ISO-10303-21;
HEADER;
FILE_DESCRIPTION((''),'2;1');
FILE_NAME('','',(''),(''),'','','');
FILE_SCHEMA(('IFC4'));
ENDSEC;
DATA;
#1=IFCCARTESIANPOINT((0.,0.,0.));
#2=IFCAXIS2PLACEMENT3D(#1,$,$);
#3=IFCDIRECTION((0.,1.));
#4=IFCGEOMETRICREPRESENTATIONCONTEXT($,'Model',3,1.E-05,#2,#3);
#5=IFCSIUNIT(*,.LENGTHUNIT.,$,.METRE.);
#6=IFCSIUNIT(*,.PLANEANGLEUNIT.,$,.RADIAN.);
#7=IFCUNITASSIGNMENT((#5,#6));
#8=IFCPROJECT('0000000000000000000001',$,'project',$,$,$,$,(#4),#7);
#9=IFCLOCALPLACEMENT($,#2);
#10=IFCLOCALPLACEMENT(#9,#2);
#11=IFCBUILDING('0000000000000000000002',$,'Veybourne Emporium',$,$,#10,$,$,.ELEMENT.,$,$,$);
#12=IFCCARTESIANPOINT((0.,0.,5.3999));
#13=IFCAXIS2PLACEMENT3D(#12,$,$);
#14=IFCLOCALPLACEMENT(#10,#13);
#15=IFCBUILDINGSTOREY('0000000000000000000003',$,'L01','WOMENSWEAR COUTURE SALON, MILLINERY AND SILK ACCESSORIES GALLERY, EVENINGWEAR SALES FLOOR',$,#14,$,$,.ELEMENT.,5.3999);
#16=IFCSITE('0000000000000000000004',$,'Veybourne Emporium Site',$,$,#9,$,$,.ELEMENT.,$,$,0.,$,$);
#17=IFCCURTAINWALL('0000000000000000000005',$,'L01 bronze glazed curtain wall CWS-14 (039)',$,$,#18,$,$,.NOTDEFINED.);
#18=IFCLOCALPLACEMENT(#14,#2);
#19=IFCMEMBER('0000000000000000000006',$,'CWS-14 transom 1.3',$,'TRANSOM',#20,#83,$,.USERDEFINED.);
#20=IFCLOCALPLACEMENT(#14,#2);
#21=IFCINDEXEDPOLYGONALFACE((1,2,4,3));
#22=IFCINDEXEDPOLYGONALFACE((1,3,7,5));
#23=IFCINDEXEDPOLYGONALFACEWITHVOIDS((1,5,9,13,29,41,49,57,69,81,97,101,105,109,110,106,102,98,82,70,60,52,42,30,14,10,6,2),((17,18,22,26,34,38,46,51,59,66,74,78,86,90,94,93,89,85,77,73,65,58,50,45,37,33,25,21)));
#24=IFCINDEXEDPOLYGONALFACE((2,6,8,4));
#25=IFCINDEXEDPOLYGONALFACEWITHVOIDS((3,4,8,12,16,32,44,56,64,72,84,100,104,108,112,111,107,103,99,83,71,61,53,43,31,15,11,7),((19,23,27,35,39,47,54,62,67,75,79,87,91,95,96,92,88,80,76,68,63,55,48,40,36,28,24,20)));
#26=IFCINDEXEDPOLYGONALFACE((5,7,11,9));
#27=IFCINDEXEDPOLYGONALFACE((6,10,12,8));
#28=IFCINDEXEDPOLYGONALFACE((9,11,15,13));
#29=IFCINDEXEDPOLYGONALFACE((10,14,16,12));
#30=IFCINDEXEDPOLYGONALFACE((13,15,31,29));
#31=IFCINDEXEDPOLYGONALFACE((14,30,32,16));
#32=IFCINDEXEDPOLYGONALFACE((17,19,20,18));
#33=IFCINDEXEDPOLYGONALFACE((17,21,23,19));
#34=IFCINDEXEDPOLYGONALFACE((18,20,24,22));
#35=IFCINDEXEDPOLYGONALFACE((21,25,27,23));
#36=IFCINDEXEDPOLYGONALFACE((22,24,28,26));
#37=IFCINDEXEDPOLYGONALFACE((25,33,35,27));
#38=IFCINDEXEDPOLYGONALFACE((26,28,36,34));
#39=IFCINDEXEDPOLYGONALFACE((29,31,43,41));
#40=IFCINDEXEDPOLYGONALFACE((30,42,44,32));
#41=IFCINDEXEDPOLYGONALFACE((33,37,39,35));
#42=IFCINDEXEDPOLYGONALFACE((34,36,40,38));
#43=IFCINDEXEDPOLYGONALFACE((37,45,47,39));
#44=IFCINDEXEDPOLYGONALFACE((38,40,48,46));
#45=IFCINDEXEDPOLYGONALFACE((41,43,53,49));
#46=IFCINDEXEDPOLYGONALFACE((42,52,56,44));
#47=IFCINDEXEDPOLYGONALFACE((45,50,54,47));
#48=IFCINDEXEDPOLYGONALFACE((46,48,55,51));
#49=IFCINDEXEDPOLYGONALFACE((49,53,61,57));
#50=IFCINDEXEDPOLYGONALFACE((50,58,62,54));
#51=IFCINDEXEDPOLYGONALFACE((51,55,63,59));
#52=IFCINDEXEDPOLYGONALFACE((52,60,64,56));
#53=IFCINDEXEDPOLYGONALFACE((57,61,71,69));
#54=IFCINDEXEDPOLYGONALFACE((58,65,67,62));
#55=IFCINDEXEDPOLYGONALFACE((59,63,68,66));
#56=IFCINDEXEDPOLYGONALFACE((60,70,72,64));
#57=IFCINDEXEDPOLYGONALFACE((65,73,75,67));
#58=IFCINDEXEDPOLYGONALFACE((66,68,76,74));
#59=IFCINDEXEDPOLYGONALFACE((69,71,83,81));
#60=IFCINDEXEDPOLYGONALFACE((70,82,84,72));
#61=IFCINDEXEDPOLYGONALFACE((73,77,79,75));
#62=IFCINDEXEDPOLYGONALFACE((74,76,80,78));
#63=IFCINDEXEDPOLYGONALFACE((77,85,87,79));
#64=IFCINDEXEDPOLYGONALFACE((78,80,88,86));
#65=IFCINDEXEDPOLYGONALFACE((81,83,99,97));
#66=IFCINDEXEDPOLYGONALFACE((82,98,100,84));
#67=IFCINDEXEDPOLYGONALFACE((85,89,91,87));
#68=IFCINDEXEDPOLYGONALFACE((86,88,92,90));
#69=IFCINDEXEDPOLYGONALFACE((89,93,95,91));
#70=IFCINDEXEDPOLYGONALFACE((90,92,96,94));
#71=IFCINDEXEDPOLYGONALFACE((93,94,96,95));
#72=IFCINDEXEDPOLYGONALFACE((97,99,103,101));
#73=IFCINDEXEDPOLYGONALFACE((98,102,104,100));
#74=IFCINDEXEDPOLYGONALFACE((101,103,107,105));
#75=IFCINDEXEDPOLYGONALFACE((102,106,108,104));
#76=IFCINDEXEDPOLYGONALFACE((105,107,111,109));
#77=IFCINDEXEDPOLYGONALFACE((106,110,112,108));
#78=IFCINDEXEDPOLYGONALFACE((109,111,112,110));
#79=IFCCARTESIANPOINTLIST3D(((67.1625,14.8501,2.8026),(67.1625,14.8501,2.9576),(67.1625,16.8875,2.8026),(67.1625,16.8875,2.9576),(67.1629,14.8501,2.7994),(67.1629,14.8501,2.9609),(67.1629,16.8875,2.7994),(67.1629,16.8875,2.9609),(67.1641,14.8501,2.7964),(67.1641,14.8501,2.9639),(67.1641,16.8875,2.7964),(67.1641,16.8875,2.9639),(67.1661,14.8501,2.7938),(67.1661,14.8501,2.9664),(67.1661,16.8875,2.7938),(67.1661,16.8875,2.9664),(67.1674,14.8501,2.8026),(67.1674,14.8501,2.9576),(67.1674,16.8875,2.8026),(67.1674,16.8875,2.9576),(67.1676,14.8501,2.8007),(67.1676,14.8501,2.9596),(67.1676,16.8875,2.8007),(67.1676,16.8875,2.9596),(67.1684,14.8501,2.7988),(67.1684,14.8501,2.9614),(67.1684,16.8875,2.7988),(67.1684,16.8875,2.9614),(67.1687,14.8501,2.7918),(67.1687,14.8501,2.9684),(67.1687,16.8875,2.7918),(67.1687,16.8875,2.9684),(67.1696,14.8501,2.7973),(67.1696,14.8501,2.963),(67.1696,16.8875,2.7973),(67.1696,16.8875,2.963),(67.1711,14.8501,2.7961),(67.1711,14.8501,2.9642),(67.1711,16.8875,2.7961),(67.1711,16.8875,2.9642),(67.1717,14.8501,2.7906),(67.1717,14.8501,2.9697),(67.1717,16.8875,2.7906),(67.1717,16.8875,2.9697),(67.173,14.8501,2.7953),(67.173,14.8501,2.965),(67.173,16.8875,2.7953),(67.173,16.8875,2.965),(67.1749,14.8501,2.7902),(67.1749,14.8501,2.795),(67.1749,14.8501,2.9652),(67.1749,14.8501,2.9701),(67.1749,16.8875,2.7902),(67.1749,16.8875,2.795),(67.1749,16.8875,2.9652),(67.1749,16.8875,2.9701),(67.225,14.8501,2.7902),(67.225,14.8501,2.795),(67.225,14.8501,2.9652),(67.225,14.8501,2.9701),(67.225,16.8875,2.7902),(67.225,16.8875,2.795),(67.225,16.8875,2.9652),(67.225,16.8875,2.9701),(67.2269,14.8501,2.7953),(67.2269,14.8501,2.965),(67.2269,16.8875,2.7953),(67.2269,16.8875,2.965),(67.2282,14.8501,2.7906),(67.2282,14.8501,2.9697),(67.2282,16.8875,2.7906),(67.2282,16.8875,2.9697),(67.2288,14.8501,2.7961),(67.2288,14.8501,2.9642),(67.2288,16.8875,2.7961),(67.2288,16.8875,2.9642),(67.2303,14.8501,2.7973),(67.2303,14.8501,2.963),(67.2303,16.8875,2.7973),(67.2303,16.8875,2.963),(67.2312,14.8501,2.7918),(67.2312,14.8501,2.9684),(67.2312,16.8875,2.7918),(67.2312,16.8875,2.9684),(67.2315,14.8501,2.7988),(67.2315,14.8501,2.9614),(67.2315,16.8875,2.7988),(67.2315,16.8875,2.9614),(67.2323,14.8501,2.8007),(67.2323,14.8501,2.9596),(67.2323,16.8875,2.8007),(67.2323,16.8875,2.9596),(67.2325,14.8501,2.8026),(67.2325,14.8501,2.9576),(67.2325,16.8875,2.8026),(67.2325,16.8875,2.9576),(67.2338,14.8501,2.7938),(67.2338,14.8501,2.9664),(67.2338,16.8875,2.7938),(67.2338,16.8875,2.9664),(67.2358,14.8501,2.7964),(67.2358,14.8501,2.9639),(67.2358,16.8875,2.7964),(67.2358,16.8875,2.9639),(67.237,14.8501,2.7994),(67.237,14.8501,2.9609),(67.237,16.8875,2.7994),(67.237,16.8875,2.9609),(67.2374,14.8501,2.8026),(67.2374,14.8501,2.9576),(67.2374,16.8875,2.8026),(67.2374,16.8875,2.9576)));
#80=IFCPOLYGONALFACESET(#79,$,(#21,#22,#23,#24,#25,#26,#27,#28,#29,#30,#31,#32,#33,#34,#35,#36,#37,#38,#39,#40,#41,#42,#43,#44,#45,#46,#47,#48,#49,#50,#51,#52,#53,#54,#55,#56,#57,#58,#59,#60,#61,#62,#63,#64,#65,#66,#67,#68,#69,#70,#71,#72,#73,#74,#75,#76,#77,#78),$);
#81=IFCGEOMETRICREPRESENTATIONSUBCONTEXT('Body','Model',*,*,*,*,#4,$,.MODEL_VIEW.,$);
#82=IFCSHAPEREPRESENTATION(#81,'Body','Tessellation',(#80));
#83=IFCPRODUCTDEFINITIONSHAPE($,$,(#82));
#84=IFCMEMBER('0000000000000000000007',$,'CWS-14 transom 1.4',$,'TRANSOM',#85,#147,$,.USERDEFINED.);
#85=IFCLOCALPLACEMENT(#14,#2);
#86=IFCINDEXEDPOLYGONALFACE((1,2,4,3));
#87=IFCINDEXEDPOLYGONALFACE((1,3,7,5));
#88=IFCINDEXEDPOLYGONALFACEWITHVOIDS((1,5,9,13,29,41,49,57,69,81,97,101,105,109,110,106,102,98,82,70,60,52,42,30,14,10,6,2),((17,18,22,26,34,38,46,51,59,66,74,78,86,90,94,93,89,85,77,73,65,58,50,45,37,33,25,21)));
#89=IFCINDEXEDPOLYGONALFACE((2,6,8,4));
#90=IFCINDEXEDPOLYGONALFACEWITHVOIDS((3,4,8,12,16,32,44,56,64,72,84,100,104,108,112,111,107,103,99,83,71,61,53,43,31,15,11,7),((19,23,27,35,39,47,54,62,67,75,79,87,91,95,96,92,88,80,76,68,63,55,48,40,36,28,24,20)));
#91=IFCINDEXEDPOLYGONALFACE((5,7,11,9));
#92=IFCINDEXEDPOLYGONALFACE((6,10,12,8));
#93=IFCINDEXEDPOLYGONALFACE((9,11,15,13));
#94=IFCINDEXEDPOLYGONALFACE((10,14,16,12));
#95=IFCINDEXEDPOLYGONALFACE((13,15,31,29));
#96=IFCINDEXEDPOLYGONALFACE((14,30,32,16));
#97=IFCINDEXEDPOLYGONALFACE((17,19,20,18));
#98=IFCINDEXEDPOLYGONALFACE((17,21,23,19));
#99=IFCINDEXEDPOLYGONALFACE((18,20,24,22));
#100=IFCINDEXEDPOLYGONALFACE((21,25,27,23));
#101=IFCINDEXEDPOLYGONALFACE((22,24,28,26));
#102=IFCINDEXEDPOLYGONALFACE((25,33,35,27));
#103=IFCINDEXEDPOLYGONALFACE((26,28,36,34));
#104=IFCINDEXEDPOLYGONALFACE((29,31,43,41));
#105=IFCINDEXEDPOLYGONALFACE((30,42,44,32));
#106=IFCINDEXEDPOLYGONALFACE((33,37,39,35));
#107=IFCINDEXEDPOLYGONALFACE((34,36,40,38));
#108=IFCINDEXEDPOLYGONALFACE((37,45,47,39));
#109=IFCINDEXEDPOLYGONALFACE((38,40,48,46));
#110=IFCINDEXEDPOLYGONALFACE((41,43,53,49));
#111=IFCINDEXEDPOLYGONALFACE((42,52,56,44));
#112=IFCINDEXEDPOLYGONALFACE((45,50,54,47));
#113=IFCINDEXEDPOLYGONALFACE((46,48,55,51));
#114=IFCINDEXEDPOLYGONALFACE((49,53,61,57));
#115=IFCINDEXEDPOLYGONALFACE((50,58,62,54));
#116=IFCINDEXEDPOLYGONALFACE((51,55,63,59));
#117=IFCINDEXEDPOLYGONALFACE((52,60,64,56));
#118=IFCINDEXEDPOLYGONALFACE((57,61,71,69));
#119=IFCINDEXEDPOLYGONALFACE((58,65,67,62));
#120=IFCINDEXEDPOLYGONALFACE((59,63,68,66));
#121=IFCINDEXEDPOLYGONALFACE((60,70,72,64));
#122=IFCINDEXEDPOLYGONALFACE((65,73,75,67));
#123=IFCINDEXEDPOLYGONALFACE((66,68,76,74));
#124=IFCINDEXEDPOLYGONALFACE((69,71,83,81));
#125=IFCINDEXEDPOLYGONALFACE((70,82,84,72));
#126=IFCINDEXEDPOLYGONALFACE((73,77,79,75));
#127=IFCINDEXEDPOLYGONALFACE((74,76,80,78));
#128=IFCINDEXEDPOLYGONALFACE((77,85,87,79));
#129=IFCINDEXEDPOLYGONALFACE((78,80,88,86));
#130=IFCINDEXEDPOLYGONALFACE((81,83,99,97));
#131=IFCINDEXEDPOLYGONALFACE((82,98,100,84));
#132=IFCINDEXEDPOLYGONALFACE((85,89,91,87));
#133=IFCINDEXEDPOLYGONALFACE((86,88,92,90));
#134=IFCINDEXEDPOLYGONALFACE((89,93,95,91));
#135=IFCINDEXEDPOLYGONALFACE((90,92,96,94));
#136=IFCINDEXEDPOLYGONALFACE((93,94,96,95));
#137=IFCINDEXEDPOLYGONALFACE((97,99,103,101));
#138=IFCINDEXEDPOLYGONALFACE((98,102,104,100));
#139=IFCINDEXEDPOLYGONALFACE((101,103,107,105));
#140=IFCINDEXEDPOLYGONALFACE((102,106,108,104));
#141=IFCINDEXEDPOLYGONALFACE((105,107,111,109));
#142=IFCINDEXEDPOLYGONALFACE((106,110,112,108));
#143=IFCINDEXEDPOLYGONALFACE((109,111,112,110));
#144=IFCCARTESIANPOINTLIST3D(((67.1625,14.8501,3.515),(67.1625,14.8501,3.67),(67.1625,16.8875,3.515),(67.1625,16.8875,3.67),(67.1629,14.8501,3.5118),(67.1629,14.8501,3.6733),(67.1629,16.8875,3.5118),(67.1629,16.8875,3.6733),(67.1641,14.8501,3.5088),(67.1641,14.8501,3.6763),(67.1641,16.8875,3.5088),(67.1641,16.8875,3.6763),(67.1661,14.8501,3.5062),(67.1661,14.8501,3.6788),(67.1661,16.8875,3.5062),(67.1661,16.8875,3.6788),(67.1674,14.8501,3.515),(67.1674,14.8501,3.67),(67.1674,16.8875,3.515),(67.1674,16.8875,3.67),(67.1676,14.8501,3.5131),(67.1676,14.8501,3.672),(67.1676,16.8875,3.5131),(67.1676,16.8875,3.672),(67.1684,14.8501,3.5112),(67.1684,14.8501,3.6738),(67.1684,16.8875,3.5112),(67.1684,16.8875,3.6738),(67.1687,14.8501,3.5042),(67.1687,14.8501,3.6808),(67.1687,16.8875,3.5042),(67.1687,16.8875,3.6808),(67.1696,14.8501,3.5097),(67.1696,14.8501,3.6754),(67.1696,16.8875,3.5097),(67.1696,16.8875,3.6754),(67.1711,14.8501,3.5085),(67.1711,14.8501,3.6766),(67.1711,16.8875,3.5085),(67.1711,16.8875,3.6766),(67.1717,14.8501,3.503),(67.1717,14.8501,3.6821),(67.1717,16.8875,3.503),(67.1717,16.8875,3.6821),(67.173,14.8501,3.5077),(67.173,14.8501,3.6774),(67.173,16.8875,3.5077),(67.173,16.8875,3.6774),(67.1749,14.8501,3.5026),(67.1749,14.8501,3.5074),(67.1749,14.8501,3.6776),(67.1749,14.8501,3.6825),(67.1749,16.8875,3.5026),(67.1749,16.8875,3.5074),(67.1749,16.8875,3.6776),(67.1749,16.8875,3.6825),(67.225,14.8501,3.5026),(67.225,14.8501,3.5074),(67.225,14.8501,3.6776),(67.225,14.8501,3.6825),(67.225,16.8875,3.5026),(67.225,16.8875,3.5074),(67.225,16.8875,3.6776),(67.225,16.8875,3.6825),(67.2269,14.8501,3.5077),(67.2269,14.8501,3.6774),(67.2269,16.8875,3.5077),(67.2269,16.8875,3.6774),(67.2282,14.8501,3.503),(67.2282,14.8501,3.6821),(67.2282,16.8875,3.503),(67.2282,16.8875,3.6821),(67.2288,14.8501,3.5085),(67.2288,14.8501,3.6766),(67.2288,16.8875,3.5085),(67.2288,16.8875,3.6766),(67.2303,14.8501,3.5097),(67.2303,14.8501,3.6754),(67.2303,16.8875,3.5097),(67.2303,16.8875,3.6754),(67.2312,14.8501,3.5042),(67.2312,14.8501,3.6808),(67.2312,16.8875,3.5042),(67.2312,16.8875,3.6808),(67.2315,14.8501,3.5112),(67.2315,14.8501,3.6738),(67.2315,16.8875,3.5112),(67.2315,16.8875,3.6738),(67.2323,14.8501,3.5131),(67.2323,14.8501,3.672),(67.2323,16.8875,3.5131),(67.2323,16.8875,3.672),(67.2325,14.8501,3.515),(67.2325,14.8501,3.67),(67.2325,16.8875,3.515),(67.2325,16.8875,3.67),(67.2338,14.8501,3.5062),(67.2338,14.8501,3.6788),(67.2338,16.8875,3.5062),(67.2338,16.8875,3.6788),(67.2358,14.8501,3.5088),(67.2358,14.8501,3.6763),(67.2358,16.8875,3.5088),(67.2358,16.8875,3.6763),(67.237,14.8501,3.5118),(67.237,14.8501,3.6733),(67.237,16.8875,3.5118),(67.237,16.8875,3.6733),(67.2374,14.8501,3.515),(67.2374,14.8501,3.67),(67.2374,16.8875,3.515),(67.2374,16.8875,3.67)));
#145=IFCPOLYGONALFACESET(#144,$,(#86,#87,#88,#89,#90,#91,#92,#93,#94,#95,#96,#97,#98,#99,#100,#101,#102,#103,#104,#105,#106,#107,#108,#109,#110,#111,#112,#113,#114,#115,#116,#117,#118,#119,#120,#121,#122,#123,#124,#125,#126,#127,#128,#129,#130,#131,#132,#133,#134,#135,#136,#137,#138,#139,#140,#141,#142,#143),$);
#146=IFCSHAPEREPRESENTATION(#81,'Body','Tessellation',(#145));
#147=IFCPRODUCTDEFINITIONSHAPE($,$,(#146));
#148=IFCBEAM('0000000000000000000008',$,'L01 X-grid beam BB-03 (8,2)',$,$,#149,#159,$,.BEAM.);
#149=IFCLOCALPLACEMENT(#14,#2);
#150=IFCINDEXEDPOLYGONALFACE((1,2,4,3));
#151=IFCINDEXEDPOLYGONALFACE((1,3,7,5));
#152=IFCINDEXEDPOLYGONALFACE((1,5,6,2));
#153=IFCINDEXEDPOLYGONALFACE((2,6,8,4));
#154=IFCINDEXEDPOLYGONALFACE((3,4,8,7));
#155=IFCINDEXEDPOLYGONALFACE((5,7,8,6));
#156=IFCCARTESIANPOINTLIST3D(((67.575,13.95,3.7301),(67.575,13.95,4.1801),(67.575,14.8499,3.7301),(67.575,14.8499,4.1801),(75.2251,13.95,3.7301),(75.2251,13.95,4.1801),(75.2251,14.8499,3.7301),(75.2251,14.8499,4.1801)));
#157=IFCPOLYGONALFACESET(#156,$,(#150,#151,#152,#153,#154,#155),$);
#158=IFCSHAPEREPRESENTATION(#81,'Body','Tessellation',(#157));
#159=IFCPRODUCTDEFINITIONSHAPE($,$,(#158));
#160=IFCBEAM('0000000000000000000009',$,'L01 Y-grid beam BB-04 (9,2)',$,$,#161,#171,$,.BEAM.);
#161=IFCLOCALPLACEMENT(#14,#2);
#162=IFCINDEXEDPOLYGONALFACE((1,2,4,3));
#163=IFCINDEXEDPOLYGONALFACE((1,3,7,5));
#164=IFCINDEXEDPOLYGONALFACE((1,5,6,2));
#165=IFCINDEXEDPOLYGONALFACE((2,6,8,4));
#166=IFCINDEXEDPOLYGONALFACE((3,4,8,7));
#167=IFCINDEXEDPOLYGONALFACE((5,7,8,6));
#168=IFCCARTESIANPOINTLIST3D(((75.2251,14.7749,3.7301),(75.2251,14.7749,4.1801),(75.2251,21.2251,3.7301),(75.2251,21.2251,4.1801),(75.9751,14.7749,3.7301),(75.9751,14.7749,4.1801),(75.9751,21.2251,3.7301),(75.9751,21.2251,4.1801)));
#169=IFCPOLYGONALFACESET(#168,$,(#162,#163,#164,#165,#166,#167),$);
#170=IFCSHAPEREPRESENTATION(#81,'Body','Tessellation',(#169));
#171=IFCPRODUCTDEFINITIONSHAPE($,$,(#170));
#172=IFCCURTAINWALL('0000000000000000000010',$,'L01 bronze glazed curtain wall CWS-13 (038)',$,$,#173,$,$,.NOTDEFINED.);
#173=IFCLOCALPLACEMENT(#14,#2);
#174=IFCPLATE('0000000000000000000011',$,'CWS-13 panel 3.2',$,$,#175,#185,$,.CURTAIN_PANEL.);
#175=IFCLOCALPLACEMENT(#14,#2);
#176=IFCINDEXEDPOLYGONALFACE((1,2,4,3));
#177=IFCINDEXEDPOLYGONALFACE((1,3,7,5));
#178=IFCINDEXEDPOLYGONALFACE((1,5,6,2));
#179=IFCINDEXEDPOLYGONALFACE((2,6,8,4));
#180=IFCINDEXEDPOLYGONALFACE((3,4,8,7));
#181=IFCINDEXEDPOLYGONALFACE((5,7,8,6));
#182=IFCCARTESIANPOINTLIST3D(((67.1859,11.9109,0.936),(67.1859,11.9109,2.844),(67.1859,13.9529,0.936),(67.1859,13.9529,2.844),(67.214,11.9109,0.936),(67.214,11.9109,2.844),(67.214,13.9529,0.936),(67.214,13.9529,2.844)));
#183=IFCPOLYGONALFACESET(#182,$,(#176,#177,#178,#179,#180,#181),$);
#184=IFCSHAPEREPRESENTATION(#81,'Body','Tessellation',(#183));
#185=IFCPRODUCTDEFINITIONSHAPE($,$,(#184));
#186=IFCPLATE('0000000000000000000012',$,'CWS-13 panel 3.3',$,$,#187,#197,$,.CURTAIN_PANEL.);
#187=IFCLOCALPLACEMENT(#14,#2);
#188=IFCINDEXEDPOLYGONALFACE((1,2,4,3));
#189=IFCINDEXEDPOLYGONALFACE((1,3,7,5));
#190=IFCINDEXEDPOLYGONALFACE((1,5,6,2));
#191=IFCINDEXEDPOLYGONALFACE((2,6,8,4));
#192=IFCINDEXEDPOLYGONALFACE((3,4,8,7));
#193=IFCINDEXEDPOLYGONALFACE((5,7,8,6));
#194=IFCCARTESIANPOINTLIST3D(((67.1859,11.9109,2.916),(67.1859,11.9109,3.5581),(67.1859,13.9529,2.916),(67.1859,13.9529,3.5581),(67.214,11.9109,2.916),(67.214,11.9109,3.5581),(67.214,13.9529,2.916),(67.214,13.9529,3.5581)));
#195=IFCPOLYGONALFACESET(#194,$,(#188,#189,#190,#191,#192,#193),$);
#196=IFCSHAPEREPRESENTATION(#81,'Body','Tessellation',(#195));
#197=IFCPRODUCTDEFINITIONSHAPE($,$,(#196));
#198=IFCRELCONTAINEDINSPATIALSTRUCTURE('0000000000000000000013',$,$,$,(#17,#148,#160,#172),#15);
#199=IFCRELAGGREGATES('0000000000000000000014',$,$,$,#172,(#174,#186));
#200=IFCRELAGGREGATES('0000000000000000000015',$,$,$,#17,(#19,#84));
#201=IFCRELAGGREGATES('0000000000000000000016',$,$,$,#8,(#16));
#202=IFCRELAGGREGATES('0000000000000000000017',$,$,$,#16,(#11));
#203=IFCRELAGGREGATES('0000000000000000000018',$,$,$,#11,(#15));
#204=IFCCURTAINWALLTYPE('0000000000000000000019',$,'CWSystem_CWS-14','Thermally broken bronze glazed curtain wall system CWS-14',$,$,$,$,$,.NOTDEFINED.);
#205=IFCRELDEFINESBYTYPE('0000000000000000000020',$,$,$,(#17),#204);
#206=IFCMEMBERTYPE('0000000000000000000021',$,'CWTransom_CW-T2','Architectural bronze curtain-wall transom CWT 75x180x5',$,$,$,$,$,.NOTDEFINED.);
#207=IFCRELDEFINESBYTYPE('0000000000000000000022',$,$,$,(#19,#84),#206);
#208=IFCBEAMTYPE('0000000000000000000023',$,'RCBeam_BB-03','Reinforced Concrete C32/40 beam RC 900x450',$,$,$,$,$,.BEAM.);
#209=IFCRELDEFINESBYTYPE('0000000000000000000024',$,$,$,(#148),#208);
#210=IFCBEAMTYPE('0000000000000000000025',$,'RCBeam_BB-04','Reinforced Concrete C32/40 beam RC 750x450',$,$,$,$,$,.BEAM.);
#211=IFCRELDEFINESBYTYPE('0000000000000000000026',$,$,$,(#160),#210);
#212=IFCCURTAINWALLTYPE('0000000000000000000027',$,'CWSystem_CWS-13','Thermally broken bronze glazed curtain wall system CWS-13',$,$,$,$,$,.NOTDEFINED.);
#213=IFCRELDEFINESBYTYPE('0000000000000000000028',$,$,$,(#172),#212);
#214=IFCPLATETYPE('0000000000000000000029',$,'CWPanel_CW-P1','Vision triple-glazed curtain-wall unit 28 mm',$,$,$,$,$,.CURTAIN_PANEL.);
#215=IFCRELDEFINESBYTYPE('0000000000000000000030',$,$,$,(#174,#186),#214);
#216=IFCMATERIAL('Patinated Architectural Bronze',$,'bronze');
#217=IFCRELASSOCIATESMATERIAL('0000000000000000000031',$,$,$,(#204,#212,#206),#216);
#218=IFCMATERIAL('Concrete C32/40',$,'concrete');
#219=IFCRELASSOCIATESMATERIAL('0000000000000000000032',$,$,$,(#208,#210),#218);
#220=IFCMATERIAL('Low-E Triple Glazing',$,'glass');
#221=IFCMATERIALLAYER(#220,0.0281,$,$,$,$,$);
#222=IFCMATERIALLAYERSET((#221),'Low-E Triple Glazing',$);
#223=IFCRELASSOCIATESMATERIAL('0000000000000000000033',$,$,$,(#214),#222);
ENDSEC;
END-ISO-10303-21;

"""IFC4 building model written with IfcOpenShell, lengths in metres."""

from ifc_helpers import new_model, si_unit, direction, frame, origin, origin_2d, place, context, subcontext, project, spatial, rectangle, hollow_rectangle, extrude, material, layer, layer_set, material_profile, profile_set, type_object, element, aggregate, save


model = new_model("IFC4")

# Units and contexts
model_context = context("Model", 3, precision=1e-05, world=origin(), true_north=direction((0.0, 1.0)))
body_context = subcontext(model_context, "Body", "Model", "MODEL_VIEW")
ifc_project = project(units=[si_unit("LENGTHUNIT", "METRE"), si_unit("PLANEANGLEUNIT", "RADIAN")], contexts=[model_context])

# Site, building, storey
site_placement = place(None, origin())
site = spatial("IfcSite", under=ifc_project, at=site_placement, Name="Veybourne Emporium Site", CompositionType="ELEMENT", RefElevation=0.0)
building_placement = place(site_placement, origin())
building = spatial("IfcBuilding", under=site, at=building_placement, Name="Veybourne Emporium", CompositionType="ELEMENT")
storey_placement = place(building_placement, frame((0.0, 0.0, 5.3999)))
storey = spatial("IfcBuildingStorey", under=building, at=storey_placement, Name="L01", Description="WOMENSWEAR COUTURE SALON, MILLINERY AND SILK ACCESSORIES GALLERY, EVENINGWEAR SALES FLOOR", CompositionType="ELEMENT", Elevation=5.3999)

# Curtain wall, members
ifc_material_1 = material(Name="Patinated Architectural Bronze", Category="bronze")
curtain_wall_type_1 = type_object("IfcCurtainWallType", Name="CWSystem_CWS-14", Description="Thermally broken bronze glazed curtain wall system CWS-14", PredefinedType="NOTDEFINED", material=ifc_material_1)
curtain_wall_1_placement = place(storey_placement, origin())
curtain_wall_1 = element("IfcCurtainWall", 1, at=curtain_wall_1_placement, inside=storey, type_object=curtain_wall_type_1, Name="L01 bronze glazed curtain wall CWS-14 (039)", PredefinedType="NOTDEFINED")
ifc_material_profile_1 = material_profile(ifc_material_1, hollow_rectangle(XDim=0.075, YDim=0.1799, WallThickness=0.0049, InnerFilletRadius=0.0076, OuterFilletRadius=0.0125, at=origin_2d()), Name="CWT 75x180x5")
ifc_profile_set_1 = profile_set([ifc_material_profile_1], Name="Patinated Architectural Bronze")
member_type_1 = type_object("IfcMemberType", Name="CWTransom_CW-T2", Description="Architectural bronze curtain-wall transom CWT 75x180x5", PredefinedType="NOTDEFINED", material=ifc_profile_set_1)
member_1_placement = place(storey_placement, frame((67.2, 14.8501, 2.8801), z_axis=(0.0, 1.0, 0.0), x_axis=(-1.0, 0.0, 0.0)))
member_1 = element("IfcMember", 2, at=member_1_placement, type_object=member_type_1, Name="CWS-14 transom 1.3", ObjectType="TRANSOM", PredefinedType="USERDEFINED", context=body_context, shape_type="SweptSolid", body=[
    extrude(hollow_rectangle(XDim=0.075, YDim=0.1799, WallThickness=0.0049, InnerFilletRadius=0.0076, OuterFilletRadius=0.0125, at=origin_2d()), origin(), (0.0, 0.0, 1.0), 2.0374),
])
member_2_placement = place(storey_placement, frame((67.2, 14.8501, 3.5925), z_axis=(0.0, 1.0, 0.0), x_axis=(-1.0, 0.0, 0.0)))
member_2 = element("IfcMember", 3, at=member_2_placement, type_object=member_type_1, Name="CWS-14 transom 1.4", ObjectType="TRANSOM", PredefinedType="USERDEFINED", context=body_context, shape_type="SweptSolid", body=[
    extrude(hollow_rectangle(XDim=0.075, YDim=0.1799, WallThickness=0.0049, InnerFilletRadius=0.0076, OuterFilletRadius=0.0125, at=origin_2d()), origin(), (0.0, 0.0, 1.0), 2.0374),
])

# Beams
ifc_material_2 = material(Name="Concrete C32/40", Category="concrete")
ifc_material_profile_2 = material_profile(ifc_material_2, rectangle(XDim=0.8999, YDim=0.45, at=origin_2d()), Name="RC 900x450")
ifc_profile_set_2 = profile_set([ifc_material_profile_2], Name="Concrete C32/40")
beam_type_1 = type_object("IfcBeamType", Name="RCBeam_BB-03", Description="Reinforced Concrete C32/40 beam RC 900x450", PredefinedType="BEAM", material=ifc_profile_set_2)
beam_1_placement = place(storey_placement, frame((67.575, 14.3999, 3.9551), z_axis=(1.0, 0.0, 0.0), x_axis=(0.0, 1.0, 0.0)))
element("IfcBeam", 4, at=beam_1_placement, inside=storey, type_object=beam_type_1, Name="L01 X-grid beam BB-03 (8,2)", PredefinedType="BEAM", context=body_context, shape_type="SweptSolid", body=[
    extrude(rectangle(XDim=0.8999, YDim=0.45, at=origin_2d()), origin(), (0.0, 0.0, 1.0), 7.6501),
])
ifc_material_profile_3 = material_profile(ifc_material_2, rectangle(XDim=0.75, YDim=0.45, at=origin_2d()), Name="RC 750x450")
ifc_profile_set_3 = profile_set([ifc_material_profile_3], Name="Concrete C32/40")
beam_type_2 = type_object("IfcBeamType", Name="RCBeam_BB-04", Description="Reinforced Concrete C32/40 beam RC 750x450", PredefinedType="BEAM", material=ifc_profile_set_3)
beam_2_placement = place(storey_placement, frame((75.6001, 14.7749, 3.9551), z_axis=(0.0, 1.0, 0.0), x_axis=(-1.0, 0.0, 0.0)))
element("IfcBeam", 5, at=beam_2_placement, inside=storey, type_object=beam_type_2, Name="L01 Y-grid beam BB-04 (9,2)", PredefinedType="BEAM", context=body_context, shape_type="SweptSolid", body=[
    extrude(rectangle(XDim=0.75, YDim=0.45, at=origin_2d()), origin(), (0.0, 0.0, 1.0), 6.4502),
])

# Curtain wall, plates
curtain_wall_type_2 = type_object("IfcCurtainWallType", Name="CWSystem_CWS-13", Description="Thermally broken bronze glazed curtain wall system CWS-13", PredefinedType="NOTDEFINED", material=ifc_material_1)
curtain_wall_2_placement = place(storey_placement, origin())
curtain_wall_2 = element("IfcCurtainWall", 6, at=curtain_wall_2_placement, inside=storey, type_object=curtain_wall_type_2, Name="L01 bronze glazed curtain wall CWS-13 (038)", PredefinedType="NOTDEFINED")
ifc_material_3 = material(Name="Low-E Triple Glazing", Category="glass")
ifc_layer_1 = layer(ifc_material_3, 0.0281)
ifc_layer_set_1 = layer_set([ifc_layer_1], Name="Low-E Triple Glazing")
plate_type = type_object("IfcPlateType", Name="CWPanel_CW-P1", Description="Vision triple-glazed curtain-wall unit 28 mm", PredefinedType="CURTAIN_PANEL", material=ifc_layer_set_1)
plate_1_placement = place(storey_placement, frame((67.2, 12.9319, 0.936), z_axis=(0.0, 0.0, 1.0), x_axis=(0.0, 1.0, 0.0)))
plate_1 = element("IfcPlate", 7, at=plate_1_placement, type_object=plate_type, Name="CWS-13 panel 3.2", PredefinedType="CURTAIN_PANEL", context=body_context, shape_type="SweptSolid", body=[
    extrude(rectangle(XDim=2.042, YDim=0.0281, at=origin_2d()), origin(), (0.0, 0.0, 1.0), 1.908),
])
plate_2_placement = place(storey_placement, frame((67.2, 12.9319, 2.916), z_axis=(0.0, 0.0, 1.0), x_axis=(0.0, 1.0, 0.0)))
plate_2 = element("IfcPlate", 8, at=plate_2_placement, type_object=plate_type, Name="CWS-13 panel 3.3", PredefinedType="CURTAIN_PANEL", context=body_context, shape_type="SweptSolid", body=[
    extrude(rectangle(XDim=2.042, YDim=0.0281, at=origin_2d()), origin(), (0.0, 0.0, 1.0), 0.6421),
])
aggregate(curtain_wall_2, [plate_1, plate_2])

aggregate(curtain_wall_1, [member_1, member_2])

save(model, "model.ifc")
